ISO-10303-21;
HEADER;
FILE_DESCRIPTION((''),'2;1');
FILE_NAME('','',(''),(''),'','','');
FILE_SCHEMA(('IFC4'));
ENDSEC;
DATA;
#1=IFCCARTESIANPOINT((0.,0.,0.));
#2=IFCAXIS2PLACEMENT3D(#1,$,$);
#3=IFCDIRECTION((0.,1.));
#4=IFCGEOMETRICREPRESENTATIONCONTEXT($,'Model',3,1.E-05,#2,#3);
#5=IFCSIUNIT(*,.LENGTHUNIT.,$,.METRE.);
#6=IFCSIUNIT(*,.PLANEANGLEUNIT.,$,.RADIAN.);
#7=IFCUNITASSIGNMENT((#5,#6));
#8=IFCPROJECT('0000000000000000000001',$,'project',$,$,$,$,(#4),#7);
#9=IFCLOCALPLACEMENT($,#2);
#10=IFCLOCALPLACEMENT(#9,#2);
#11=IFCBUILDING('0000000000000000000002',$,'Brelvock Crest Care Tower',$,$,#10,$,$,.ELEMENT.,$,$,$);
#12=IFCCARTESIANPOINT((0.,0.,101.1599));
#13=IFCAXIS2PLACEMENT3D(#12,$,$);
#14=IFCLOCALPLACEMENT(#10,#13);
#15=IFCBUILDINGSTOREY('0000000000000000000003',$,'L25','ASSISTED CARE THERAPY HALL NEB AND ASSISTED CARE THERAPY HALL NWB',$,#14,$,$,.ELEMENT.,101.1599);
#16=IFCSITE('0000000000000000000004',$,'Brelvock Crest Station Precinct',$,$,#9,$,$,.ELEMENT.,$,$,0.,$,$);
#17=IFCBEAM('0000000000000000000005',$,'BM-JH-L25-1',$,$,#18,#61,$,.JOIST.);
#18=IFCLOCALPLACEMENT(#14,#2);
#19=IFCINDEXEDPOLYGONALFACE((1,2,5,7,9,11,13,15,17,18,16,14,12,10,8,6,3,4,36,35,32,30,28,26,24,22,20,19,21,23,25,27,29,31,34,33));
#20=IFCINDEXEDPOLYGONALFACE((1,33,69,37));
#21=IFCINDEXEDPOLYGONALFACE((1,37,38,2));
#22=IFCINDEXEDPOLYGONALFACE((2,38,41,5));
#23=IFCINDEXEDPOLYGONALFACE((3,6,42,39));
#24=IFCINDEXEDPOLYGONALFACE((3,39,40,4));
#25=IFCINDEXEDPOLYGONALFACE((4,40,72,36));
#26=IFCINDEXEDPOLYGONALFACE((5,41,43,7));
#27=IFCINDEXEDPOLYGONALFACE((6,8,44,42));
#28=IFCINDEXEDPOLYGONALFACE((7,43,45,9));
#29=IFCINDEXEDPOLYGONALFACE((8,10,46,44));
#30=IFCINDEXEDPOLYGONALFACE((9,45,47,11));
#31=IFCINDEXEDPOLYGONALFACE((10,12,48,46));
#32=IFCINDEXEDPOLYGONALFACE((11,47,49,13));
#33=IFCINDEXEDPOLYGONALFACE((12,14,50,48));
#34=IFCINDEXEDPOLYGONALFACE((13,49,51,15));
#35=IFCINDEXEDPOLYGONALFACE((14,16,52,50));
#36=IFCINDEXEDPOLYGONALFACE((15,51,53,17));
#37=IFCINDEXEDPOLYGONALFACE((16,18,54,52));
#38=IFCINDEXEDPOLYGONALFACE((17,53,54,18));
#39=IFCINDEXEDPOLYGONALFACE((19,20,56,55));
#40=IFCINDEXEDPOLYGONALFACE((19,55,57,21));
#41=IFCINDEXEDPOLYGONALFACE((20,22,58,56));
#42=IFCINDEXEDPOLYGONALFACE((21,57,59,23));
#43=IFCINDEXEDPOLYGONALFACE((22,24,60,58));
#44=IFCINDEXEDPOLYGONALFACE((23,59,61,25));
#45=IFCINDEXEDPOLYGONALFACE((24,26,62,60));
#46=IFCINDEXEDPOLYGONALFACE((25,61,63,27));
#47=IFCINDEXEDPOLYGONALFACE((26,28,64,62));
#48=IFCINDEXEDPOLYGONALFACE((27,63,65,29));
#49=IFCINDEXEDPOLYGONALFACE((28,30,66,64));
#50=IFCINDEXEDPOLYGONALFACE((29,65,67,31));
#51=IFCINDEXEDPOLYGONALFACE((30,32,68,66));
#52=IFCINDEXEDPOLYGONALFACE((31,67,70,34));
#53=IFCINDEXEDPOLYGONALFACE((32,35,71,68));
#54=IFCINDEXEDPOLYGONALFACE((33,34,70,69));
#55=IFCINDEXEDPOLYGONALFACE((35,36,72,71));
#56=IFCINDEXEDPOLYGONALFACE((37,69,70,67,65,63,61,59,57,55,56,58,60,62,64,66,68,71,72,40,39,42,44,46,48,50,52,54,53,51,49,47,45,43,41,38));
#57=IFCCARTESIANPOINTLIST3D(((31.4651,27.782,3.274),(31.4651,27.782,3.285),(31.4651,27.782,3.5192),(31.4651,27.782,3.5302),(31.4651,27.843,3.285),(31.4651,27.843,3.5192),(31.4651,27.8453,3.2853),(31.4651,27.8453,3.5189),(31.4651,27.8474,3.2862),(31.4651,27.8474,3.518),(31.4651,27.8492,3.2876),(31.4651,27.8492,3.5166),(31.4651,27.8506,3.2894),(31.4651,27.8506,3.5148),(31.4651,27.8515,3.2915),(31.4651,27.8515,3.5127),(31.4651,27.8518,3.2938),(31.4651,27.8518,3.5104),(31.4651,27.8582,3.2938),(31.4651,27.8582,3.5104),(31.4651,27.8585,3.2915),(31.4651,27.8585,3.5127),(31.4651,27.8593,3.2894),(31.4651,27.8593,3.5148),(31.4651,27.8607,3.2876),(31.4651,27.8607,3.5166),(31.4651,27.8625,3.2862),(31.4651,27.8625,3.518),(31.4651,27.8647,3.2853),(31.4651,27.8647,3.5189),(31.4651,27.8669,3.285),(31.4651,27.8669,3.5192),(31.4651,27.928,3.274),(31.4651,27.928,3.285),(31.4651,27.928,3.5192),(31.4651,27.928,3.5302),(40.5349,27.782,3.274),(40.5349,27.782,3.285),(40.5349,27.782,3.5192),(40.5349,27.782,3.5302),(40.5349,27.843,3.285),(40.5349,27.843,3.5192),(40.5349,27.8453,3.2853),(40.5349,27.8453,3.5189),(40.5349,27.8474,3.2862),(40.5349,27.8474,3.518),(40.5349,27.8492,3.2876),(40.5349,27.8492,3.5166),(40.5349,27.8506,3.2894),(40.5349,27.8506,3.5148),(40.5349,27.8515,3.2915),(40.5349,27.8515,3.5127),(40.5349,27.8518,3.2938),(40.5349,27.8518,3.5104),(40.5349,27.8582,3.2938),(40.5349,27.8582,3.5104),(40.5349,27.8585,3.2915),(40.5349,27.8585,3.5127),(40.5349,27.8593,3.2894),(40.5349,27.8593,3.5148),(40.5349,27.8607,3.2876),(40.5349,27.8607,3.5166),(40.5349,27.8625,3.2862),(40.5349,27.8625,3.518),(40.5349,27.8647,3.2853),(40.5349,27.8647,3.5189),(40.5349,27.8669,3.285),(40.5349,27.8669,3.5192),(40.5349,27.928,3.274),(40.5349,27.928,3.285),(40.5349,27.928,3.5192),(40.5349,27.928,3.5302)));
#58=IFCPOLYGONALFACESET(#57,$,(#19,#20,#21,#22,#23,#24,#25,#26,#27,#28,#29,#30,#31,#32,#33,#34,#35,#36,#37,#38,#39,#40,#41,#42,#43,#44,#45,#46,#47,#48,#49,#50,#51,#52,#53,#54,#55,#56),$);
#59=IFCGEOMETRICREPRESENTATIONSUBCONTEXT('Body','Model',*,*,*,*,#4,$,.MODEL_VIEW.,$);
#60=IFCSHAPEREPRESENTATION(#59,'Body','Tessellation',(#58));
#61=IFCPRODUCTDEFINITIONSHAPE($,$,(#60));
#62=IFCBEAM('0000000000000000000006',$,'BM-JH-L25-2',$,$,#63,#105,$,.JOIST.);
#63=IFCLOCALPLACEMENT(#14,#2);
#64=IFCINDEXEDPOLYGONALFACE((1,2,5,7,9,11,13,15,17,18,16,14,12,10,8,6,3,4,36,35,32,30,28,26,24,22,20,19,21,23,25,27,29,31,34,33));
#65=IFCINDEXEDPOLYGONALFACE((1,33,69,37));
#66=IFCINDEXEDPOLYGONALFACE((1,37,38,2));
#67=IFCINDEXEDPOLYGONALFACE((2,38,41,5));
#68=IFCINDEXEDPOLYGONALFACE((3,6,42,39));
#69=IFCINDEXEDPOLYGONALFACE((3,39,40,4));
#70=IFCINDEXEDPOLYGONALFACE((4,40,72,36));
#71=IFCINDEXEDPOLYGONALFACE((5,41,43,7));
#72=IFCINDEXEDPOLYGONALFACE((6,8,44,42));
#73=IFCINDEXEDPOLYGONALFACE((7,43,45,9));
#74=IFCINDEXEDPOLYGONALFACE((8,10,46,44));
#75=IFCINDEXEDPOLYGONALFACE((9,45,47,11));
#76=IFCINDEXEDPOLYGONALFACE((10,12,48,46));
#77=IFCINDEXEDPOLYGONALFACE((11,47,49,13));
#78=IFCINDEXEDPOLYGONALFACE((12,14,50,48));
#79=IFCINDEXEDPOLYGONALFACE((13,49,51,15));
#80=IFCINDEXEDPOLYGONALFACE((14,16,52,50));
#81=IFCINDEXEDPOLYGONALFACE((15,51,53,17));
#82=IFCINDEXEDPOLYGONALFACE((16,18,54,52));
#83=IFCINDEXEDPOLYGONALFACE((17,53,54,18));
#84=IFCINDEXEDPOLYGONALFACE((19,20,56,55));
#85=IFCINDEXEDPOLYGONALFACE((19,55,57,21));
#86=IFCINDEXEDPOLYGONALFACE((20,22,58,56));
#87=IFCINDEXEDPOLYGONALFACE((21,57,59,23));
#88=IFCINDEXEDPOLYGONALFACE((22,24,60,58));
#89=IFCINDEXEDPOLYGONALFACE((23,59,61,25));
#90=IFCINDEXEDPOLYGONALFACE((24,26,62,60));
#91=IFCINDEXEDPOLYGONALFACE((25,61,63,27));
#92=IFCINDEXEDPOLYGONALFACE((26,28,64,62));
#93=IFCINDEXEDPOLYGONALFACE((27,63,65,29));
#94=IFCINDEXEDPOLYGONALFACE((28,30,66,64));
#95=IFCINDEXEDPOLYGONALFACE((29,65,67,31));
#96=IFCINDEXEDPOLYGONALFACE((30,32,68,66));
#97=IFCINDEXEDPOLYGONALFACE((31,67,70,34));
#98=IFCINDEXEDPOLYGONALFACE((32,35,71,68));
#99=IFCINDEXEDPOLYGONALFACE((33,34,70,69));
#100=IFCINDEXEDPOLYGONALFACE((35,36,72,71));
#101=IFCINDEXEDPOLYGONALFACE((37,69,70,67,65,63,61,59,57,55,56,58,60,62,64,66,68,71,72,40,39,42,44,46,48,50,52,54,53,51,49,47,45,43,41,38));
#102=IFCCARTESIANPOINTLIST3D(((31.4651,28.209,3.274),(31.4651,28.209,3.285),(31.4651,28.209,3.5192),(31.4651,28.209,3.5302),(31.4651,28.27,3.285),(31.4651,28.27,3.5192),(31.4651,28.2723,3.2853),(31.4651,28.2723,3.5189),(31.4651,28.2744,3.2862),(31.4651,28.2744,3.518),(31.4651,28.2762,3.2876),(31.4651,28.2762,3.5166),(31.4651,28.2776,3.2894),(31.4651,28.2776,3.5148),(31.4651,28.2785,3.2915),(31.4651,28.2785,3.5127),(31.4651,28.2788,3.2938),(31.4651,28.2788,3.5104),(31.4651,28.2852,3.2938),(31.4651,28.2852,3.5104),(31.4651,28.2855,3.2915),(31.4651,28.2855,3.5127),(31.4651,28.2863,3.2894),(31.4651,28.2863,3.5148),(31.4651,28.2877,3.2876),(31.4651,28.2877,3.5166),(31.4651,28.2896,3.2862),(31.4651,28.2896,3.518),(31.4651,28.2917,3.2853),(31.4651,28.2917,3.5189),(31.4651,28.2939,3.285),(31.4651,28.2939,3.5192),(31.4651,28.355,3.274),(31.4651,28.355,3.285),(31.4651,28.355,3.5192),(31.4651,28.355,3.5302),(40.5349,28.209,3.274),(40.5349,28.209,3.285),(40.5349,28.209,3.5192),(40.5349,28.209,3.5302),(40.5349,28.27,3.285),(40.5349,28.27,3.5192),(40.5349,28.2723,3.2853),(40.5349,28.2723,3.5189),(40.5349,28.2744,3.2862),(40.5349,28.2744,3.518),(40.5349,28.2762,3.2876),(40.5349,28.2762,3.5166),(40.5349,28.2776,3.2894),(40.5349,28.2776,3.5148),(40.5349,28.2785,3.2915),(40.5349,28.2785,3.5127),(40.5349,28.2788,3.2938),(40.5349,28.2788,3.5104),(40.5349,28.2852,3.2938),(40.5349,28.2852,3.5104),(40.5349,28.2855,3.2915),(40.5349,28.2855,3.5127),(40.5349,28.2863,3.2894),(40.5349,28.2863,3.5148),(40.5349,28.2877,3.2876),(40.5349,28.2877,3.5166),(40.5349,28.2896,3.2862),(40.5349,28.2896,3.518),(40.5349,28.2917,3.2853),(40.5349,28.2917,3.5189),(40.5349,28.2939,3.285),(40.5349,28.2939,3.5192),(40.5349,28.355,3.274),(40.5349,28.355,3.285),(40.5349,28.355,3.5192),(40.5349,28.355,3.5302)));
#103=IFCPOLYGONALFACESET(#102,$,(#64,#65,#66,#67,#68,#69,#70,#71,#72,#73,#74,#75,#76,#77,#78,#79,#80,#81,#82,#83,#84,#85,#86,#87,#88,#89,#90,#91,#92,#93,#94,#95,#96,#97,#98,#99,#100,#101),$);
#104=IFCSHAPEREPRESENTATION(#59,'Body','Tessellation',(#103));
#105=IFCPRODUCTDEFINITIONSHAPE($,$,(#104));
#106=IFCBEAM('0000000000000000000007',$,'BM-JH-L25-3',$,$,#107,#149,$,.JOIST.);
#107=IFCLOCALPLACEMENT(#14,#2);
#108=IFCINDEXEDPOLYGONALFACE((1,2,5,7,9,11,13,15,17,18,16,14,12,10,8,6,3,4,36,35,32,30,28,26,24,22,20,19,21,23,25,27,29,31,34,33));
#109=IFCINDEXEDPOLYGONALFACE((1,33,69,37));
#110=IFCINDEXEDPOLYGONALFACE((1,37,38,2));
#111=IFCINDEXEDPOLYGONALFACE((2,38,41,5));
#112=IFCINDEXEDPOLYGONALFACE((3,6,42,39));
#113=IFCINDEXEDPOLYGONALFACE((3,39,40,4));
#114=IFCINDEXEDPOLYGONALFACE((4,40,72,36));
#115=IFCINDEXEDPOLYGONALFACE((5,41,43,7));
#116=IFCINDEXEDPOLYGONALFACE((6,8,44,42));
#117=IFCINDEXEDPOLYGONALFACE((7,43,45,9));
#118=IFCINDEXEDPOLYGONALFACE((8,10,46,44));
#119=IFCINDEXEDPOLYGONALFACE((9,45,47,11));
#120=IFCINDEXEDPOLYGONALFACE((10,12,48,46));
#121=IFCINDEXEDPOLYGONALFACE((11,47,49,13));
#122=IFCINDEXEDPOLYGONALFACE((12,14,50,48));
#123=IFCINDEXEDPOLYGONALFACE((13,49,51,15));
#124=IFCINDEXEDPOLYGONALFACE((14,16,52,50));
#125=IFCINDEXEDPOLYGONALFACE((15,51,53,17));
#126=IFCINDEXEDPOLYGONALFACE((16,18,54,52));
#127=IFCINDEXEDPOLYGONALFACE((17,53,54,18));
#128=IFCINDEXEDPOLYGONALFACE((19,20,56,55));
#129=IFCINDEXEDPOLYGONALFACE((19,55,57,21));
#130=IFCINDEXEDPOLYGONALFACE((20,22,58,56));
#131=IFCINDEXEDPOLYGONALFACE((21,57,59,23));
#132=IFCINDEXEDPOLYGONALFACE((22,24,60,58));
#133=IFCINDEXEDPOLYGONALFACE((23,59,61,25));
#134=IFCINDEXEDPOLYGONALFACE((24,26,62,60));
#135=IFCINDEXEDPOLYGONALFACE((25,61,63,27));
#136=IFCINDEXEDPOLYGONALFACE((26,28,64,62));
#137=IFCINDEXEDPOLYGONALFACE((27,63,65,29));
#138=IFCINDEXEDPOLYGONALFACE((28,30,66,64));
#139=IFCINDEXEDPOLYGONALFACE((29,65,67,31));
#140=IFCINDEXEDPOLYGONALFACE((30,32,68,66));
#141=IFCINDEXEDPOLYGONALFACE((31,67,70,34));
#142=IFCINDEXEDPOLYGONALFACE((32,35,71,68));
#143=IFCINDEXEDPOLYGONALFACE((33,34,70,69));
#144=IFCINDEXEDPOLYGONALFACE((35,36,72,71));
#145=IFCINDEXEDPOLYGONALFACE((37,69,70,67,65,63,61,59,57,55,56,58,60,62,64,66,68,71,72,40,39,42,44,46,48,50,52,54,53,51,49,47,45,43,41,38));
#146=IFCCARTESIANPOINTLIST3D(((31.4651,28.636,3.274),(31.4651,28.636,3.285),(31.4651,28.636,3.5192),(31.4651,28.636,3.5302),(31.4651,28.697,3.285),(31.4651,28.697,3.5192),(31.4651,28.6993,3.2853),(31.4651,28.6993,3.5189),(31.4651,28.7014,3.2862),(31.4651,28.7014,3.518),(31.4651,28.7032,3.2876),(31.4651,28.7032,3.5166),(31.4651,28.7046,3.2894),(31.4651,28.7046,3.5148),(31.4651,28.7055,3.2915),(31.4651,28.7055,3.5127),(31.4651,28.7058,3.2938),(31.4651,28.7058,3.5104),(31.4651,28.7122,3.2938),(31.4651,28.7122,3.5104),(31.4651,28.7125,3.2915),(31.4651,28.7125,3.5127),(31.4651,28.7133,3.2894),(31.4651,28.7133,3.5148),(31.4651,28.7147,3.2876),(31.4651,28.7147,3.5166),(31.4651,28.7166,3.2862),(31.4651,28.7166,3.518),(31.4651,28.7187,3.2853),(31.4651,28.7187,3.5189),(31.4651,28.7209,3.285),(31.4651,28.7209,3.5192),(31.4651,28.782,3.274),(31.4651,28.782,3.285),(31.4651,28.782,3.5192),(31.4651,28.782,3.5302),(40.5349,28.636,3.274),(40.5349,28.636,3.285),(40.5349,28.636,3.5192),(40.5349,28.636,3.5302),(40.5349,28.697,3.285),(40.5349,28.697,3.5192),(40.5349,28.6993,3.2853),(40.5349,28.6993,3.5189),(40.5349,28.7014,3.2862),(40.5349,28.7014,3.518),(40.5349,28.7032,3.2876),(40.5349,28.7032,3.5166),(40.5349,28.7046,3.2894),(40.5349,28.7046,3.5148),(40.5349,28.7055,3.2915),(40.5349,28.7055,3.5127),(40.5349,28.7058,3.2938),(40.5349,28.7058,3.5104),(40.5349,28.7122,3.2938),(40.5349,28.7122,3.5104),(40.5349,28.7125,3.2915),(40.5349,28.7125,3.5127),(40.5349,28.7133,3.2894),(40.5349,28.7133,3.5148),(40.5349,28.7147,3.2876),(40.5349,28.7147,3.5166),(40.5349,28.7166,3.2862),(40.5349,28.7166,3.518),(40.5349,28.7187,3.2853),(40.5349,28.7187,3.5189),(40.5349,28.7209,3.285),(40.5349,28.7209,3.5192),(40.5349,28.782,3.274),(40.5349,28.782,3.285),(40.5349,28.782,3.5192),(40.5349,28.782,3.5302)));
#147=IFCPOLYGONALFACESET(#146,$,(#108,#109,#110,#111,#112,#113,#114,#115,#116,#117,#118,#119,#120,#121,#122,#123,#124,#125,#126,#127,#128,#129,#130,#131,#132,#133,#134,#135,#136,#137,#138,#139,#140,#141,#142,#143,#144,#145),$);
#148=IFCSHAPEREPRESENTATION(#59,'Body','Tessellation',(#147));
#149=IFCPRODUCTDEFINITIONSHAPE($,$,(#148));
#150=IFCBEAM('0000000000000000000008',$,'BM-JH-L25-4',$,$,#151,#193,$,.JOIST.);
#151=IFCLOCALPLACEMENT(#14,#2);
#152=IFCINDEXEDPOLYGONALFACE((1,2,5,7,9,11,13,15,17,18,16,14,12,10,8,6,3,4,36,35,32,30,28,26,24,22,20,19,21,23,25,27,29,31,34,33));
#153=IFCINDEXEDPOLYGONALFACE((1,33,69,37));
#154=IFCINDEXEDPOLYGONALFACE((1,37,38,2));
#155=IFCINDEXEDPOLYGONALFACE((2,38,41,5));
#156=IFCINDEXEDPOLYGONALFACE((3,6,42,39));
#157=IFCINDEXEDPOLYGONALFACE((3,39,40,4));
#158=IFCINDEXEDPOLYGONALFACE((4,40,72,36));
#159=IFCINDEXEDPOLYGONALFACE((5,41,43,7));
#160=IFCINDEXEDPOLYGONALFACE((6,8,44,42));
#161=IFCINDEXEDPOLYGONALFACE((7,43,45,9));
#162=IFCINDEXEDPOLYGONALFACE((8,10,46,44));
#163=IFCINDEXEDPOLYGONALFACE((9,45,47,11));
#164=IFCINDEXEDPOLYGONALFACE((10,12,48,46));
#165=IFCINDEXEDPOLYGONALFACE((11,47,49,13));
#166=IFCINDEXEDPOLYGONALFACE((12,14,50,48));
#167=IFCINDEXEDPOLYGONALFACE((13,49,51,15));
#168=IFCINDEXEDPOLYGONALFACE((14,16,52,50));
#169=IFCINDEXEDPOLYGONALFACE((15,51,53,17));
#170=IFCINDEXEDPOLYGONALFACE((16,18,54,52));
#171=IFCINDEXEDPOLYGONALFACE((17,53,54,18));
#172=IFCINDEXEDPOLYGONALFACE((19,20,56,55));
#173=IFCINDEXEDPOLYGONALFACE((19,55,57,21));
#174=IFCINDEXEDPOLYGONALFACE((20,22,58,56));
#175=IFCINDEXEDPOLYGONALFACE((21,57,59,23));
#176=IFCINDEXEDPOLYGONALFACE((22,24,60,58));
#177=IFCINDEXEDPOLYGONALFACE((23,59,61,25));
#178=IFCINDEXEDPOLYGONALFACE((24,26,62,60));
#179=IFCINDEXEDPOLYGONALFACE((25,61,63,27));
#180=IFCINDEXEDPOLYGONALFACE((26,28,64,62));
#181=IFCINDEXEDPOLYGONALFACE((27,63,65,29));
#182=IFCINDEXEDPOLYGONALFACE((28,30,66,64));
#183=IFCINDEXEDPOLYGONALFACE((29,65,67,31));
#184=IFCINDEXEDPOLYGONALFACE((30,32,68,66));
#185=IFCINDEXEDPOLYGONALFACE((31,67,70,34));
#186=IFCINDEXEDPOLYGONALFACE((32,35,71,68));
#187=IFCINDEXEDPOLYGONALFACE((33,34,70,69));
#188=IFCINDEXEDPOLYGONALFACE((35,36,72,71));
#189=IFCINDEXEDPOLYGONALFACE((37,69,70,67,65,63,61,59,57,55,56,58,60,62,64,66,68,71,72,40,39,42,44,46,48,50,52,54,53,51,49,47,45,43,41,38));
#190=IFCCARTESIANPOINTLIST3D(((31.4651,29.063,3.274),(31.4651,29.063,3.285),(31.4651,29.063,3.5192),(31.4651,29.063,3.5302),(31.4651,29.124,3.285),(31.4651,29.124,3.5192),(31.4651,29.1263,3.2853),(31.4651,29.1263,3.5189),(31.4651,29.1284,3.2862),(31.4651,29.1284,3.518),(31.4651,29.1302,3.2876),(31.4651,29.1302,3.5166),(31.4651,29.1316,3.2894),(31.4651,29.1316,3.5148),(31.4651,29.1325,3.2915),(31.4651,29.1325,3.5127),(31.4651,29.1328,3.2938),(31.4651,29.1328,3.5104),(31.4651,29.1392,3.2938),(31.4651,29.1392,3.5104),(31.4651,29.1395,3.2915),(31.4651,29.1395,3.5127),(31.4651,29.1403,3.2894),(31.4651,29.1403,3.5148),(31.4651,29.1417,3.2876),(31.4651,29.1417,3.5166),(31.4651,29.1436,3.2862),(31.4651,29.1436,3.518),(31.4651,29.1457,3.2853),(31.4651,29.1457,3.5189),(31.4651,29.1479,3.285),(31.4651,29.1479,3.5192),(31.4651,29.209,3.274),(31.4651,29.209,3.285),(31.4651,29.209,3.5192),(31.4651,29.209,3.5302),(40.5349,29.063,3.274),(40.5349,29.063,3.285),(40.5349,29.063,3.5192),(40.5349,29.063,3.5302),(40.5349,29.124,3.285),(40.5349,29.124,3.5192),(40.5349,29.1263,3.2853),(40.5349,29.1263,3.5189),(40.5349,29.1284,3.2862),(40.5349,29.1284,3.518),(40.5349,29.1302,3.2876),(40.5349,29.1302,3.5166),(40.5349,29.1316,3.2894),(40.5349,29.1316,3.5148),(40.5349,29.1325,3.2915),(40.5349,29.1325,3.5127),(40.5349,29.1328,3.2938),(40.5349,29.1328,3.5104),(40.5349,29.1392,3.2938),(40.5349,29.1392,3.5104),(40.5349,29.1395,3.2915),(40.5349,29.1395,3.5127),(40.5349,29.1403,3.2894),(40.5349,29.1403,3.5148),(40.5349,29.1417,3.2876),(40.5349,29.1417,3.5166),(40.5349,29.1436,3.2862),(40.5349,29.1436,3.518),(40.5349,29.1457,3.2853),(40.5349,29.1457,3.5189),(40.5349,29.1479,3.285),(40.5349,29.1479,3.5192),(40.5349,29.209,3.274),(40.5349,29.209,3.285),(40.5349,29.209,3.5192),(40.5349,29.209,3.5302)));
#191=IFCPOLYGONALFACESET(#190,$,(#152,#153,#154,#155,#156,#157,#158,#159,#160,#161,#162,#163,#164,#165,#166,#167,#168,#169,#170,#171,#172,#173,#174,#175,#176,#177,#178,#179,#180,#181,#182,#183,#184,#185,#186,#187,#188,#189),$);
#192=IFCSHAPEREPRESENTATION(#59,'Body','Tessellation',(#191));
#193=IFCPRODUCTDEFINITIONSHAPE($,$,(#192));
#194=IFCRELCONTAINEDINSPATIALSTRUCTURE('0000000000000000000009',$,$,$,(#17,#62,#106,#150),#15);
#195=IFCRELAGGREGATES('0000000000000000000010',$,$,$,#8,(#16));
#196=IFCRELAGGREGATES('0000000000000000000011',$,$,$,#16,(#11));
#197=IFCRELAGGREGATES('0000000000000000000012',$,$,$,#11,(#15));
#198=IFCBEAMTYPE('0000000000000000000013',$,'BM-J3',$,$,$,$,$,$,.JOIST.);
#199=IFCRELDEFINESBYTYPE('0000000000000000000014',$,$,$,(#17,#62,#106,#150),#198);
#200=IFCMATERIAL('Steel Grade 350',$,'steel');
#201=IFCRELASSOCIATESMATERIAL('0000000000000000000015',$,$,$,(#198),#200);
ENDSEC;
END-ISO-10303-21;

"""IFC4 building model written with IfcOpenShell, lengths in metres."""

from ifc_helpers import new_model, si_unit, direction, frame, origin, origin_2d, place, context, subcontext, project, spatial, i_section, extrude, source, transform, mapped, material, material_profile, profile_set, type_object, element, save


model = new_model("IFC4")

# Units and contexts
model_context = context("Model", 3, precision=1e-05, world=origin(), true_north=direction((0.0, 1.0)))
body_context = subcontext(model_context, "Body", "Model", "MODEL_VIEW")
ifc_project = project(units=[si_unit("LENGTHUNIT", "METRE"), si_unit("PLANEANGLEUNIT", "RADIAN")], contexts=[model_context])

# Site, building, storey
site_placement = place(None, origin())
site = spatial("IfcSite", under=ifc_project, at=site_placement, Name="Brelvock Crest Station Precinct", CompositionType="ELEMENT", RefElevation=0.0)
building_placement = place(site_placement, origin())
building = spatial("IfcBuilding", under=site, at=building_placement, Name="Brelvock Crest Care Tower", CompositionType="ELEMENT")
storey_placement = place(building_placement, frame((0.0, 0.0, 101.1599)))
storey = spatial("IfcBuildingStorey", under=building, at=storey_placement, Name="L25", Description="ASSISTED CARE THERAPY HALL NEB AND ASSISTED CARE THERAPY HALL NWB", CompositionType="ELEMENT", Elevation=101.1599)

# Shared definitions
ifc_material_1 = material(Name="Steel Grade 350", Category="steel")

# Beams
ifc_material_profile_1 = material_profile(ifc_material_1, i_section(OverallWidth=0.146, OverallDepth=0.2561, WebThickness=0.0063, FlangeThickness=0.011, FilletRadius=0.0088, at=origin_2d()), Name="250UB37.3")
ifc_profile_set_1 = profile_set([ifc_material_profile_1], Name="Steel Grade 350")
beam_type_1 = type_object("IfcBeamType", Name="BM-J3", PredefinedType="JOIST", material=ifc_profile_set_1)
shared_shape_1 = source(origin(), body_context, "Body", "SweptSolid", [
    extrude(i_section(OverallWidth=0.146, OverallDepth=0.2561, WebThickness=0.0063, FlangeThickness=0.011, FilletRadius=0.0088, at=origin_2d()), origin(), (0.0, 0.0, 1.0), 9.0698),
])
for number, where, z_axis, x_axis, name in (
    (1, (31.4651, 27.855, 3.4021), (1.0, 0.0, 0.0), (0.0, 1.0, 0.0), "BM-JH-L25-1"),
    (2, (31.4651, 28.282, 3.4021), (1.0, 0.0, 0.0), (0.0, 1.0, 0.0), "BM-JH-L25-2"),
    (3, (31.4651, 28.709, 3.4021), (1.0, 0.0, 0.0), (0.0, 1.0, 0.0), "BM-JH-L25-3"),
    (4, (31.4651, 29.136, 3.4021), (1.0, 0.0, 0.0), (0.0, 1.0, 0.0), "BM-JH-L25-4"),
):
    element("IfcBeam", number, at=place(storey_placement, frame(where, z_axis=z_axis, x_axis=x_axis)), inside=storey, type_object=beam_type_1, Name=name, PredefinedType="JOIST", context=body_context, shape_type="MappedRepresentation", body=[
        mapped(shared_shape_1, transform((0.0, 0.0, 0.0), x_axis=(1.0, 0.0, 0.0), y_axis=(0.0, 1.0, 0.0), z_axis=(0.0, 0.0, 1.0), scale=1.0)),
    ])

save(model, "model.ifc")
